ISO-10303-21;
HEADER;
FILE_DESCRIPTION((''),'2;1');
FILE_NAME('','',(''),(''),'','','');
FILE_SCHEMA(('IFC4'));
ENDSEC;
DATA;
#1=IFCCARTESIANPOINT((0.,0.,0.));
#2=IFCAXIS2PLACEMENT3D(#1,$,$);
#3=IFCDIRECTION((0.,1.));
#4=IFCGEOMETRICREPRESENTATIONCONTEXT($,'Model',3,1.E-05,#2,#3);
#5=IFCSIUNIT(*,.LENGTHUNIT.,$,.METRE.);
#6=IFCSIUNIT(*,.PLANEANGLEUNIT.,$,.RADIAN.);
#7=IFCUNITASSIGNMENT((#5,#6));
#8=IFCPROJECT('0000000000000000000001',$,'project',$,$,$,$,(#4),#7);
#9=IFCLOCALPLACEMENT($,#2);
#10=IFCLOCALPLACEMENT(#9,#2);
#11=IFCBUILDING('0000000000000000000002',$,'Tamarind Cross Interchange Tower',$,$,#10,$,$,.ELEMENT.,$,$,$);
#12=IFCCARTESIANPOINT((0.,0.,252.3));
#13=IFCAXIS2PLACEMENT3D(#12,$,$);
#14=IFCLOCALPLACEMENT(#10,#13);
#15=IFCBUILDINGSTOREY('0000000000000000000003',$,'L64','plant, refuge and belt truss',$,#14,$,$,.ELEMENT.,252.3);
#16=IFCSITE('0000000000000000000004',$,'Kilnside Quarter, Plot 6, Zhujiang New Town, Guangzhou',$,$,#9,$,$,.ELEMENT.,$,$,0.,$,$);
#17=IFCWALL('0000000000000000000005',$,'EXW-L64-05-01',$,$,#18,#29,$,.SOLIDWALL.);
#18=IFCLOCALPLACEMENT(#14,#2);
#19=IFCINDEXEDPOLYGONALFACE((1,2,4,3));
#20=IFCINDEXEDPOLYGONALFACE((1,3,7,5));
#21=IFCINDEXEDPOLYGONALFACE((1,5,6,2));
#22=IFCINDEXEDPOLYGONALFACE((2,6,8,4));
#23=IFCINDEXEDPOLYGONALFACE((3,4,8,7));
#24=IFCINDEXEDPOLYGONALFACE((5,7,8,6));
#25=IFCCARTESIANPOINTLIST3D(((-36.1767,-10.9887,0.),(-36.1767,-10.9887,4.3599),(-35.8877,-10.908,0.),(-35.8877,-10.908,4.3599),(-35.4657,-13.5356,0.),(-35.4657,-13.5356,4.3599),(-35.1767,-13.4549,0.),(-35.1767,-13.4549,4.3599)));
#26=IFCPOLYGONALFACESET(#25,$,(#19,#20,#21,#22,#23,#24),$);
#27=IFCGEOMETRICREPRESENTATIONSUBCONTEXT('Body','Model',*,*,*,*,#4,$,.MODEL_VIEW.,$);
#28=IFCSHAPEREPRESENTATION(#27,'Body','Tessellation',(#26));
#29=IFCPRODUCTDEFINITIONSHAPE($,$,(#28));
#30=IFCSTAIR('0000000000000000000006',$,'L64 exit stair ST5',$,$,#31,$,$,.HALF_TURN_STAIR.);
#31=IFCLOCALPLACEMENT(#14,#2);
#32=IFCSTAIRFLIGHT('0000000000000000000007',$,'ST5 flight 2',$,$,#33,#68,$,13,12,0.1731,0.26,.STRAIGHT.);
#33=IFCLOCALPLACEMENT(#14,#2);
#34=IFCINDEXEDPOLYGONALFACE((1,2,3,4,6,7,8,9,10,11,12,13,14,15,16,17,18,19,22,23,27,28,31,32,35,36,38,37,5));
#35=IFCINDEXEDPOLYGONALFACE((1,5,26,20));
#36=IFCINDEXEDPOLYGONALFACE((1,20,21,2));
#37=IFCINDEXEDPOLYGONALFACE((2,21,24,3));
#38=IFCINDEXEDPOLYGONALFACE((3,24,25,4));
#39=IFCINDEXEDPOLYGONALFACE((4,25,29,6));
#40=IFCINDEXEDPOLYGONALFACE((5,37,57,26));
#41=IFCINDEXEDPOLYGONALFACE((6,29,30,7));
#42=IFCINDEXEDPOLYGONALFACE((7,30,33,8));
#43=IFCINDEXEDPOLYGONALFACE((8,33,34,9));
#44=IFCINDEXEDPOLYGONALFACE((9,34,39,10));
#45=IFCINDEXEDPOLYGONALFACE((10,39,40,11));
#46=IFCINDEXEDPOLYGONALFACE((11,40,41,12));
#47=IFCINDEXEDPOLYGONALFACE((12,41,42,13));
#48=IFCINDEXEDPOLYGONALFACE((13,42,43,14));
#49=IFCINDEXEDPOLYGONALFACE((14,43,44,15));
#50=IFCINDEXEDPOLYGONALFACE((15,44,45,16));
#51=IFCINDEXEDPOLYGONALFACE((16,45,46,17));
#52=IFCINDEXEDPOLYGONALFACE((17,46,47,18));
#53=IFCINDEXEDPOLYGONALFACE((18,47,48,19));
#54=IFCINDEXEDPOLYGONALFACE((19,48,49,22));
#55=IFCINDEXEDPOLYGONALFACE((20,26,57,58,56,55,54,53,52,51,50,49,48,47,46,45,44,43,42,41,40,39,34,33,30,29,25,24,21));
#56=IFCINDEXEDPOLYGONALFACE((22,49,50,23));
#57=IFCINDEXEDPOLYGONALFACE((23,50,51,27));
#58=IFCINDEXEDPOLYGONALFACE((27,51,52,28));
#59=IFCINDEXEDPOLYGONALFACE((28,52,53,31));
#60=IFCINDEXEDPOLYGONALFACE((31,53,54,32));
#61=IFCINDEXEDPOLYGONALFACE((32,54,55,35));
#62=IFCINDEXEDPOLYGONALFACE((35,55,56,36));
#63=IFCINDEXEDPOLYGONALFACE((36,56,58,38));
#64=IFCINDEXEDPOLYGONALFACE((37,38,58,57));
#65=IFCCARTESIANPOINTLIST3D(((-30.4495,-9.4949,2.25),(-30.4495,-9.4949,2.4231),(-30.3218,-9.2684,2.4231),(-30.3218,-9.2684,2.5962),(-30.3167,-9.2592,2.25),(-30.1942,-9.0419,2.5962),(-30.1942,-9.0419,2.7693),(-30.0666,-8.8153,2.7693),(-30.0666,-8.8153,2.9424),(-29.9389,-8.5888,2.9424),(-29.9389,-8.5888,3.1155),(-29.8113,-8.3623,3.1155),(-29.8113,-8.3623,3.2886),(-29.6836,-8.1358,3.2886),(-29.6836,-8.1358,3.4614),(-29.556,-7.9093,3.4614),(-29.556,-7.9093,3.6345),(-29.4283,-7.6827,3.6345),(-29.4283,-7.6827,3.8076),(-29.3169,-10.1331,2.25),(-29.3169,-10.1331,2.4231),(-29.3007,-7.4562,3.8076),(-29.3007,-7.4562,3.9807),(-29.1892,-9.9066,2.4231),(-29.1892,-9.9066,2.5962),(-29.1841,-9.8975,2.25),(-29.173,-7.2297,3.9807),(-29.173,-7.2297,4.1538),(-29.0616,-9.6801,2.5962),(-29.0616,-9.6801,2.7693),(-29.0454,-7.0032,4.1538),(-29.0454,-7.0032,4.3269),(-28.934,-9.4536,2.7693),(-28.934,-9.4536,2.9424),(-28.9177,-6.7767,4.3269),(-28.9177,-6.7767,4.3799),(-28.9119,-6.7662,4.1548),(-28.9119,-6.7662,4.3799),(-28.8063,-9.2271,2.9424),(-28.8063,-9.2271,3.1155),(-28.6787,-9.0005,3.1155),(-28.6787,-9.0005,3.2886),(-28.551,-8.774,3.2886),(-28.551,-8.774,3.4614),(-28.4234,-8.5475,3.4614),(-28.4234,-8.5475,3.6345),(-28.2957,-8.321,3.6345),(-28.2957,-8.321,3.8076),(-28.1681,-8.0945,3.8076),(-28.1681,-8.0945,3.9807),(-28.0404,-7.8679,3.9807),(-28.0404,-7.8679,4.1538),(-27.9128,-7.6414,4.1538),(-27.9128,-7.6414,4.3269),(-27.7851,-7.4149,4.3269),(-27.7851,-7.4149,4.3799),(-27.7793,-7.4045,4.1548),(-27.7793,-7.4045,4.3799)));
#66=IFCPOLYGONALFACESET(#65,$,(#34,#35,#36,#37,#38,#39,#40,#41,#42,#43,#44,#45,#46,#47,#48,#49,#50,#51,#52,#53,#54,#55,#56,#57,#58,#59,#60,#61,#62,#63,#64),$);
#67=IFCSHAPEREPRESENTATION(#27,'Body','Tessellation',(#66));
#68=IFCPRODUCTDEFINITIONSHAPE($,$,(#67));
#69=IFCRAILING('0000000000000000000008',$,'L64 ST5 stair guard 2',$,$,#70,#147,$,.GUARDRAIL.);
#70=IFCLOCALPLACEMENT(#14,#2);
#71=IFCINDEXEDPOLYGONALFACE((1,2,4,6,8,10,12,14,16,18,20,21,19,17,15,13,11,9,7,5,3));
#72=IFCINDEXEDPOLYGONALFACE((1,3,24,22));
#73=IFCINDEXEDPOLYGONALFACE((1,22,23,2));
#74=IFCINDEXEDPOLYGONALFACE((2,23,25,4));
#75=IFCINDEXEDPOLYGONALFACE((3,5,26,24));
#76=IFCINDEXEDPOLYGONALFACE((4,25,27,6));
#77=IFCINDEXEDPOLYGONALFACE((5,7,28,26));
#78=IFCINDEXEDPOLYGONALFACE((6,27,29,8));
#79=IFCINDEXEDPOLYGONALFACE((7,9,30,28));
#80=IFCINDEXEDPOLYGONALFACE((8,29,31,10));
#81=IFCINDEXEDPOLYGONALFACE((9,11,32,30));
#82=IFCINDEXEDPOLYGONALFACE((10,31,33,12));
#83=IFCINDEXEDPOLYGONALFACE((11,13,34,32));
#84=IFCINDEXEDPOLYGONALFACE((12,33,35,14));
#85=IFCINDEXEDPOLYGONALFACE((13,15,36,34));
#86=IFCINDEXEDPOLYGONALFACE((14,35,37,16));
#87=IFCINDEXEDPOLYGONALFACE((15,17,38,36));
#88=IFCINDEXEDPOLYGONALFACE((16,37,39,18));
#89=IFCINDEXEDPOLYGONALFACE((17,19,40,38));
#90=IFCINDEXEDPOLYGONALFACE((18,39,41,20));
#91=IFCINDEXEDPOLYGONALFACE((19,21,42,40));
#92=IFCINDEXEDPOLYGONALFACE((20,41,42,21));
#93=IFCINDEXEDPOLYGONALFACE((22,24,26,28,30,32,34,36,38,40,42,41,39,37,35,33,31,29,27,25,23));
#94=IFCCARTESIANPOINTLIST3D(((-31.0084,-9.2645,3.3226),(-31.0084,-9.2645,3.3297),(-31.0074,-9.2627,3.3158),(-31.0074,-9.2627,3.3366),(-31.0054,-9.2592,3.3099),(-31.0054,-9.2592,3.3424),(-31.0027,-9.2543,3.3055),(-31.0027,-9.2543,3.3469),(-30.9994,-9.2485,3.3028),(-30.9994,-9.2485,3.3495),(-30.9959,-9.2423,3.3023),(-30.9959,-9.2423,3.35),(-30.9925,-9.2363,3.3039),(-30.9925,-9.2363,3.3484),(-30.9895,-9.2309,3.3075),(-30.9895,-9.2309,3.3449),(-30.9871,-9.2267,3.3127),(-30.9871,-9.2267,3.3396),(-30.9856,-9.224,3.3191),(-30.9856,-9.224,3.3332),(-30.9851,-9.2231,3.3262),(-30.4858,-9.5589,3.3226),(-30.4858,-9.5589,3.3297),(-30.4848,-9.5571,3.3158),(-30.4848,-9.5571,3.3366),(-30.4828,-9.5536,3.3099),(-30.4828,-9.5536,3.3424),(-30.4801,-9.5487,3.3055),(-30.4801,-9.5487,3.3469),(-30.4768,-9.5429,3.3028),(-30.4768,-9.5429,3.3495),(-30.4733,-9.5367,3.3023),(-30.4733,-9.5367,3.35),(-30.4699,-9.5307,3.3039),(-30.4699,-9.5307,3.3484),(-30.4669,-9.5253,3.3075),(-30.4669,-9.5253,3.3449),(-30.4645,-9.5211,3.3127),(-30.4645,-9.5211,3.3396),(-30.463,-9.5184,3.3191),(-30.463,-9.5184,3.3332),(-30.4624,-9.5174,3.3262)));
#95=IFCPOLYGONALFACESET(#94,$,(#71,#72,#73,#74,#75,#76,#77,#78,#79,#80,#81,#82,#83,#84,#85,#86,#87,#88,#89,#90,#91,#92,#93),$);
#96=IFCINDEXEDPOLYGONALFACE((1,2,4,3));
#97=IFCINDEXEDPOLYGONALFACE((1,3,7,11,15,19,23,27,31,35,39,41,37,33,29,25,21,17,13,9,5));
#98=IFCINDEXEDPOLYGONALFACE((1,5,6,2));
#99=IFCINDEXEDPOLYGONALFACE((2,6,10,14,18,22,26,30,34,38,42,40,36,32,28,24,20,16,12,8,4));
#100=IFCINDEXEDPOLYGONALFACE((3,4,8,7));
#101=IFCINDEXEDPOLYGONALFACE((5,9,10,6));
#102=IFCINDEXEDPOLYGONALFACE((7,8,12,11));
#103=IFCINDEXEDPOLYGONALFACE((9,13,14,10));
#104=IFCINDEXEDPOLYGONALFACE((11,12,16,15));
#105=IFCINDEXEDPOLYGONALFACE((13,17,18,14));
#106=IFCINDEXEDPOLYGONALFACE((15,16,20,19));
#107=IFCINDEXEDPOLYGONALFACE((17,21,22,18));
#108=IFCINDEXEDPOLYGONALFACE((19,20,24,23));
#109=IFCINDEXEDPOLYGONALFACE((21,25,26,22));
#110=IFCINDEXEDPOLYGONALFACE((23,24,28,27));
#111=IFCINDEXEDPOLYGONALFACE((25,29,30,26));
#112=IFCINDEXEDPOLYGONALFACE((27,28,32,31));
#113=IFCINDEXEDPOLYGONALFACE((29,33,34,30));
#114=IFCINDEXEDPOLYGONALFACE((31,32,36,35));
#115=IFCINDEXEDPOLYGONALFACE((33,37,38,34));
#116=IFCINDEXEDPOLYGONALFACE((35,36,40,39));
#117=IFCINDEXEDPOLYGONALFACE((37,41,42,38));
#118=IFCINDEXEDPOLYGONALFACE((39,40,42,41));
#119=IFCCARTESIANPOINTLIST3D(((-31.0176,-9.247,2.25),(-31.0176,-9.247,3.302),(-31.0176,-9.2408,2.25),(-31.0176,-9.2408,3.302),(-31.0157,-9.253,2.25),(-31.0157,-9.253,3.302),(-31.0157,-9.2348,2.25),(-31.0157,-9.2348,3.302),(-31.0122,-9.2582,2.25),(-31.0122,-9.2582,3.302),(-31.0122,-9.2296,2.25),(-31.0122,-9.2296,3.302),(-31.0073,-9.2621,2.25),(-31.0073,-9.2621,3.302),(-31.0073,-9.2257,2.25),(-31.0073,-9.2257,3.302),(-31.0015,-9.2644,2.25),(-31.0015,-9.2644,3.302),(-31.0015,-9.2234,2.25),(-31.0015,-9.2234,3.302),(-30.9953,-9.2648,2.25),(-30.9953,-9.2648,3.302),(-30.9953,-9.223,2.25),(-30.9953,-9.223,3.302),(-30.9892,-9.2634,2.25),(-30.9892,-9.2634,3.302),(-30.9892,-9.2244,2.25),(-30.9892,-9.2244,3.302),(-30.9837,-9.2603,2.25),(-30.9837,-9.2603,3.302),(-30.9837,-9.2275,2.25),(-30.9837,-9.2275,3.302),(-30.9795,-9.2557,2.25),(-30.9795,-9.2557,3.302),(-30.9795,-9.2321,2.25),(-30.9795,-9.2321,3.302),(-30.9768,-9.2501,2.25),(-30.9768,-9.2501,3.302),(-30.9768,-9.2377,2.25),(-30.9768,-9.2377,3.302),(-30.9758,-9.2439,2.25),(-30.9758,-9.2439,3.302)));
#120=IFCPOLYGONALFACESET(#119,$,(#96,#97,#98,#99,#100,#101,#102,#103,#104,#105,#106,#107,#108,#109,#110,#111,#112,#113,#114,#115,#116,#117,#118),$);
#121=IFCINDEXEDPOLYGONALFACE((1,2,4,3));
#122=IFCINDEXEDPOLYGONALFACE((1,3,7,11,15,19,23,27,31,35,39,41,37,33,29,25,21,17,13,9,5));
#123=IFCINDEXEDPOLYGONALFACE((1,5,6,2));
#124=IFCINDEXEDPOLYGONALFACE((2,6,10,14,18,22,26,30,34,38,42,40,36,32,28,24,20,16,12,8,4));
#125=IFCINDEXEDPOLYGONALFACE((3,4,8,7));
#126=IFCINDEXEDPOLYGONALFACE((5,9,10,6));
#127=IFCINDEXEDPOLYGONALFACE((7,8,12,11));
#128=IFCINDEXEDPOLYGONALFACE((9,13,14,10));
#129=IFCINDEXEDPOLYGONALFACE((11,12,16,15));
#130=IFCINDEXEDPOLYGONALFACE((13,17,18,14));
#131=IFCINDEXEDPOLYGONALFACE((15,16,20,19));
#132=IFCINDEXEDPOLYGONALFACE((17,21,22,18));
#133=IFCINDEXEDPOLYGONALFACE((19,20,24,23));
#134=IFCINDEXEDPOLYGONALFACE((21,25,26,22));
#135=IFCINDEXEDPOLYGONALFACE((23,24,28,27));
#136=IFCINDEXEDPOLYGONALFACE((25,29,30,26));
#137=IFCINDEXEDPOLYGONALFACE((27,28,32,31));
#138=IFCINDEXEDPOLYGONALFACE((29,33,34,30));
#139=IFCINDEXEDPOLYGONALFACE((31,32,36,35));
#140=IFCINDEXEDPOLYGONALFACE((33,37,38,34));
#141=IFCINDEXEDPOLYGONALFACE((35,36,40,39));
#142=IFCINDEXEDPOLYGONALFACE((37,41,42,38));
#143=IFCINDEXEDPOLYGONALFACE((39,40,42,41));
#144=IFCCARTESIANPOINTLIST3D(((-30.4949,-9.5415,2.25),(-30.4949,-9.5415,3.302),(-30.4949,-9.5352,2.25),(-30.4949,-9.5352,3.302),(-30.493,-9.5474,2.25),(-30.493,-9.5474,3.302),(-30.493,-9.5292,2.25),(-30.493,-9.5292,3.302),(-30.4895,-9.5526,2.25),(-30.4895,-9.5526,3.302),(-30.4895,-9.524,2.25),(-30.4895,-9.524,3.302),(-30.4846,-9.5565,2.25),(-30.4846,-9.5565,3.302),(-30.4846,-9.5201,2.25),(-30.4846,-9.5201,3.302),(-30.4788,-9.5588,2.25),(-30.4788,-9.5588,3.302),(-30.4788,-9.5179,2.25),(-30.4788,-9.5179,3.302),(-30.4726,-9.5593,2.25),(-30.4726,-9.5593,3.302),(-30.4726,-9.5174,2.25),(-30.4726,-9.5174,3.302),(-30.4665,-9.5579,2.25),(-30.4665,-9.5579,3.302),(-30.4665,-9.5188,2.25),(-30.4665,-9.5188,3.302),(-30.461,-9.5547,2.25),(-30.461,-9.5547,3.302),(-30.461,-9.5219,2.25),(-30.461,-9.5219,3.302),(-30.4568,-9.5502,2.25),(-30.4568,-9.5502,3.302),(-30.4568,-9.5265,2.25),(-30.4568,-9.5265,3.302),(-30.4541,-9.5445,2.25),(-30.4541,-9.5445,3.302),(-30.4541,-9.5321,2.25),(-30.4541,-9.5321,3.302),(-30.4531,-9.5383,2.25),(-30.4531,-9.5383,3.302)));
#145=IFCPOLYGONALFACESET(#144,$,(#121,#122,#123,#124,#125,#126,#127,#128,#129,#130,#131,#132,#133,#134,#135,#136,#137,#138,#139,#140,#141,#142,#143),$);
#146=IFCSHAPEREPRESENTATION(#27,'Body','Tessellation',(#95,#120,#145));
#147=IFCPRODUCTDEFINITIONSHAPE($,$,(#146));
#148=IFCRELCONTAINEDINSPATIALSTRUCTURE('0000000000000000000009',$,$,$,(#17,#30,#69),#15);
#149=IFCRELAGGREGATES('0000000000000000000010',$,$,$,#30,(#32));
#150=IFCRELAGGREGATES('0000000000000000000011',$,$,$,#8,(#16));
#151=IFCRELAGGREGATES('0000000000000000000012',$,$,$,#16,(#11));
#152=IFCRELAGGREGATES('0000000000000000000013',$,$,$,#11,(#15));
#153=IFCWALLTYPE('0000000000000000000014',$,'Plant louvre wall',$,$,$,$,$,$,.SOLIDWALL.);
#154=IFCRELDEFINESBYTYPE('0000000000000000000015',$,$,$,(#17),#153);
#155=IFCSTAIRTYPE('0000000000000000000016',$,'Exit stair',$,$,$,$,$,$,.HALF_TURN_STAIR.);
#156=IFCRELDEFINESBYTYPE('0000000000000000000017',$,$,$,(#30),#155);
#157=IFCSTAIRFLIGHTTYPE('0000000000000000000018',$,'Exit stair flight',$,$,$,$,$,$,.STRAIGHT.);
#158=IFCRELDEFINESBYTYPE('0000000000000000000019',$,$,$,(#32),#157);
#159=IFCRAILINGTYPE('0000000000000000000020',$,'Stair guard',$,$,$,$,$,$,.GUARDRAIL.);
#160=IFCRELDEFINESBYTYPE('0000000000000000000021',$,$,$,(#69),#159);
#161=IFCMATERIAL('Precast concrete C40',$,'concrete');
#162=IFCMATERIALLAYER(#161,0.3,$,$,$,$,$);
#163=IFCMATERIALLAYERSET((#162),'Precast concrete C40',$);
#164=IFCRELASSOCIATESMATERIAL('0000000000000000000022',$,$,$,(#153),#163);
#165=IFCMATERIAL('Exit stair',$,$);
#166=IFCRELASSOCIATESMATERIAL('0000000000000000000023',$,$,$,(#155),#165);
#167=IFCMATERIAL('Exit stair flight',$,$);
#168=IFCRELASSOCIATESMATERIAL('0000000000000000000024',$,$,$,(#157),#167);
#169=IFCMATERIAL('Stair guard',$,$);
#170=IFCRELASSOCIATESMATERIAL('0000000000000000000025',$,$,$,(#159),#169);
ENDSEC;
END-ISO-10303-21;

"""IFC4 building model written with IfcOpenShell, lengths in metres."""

from ifc_helpers import new_model, si_unit, direction, frame, frame_2d, origin, origin_2d, place, context, subcontext, project, spatial, polyline, rectangle, circle, outline, extrude, material, layer, layer_set, type_object, element, aggregate, save


model = new_model("IFC4")

# Units and contexts
model_context = context("Model", 3, precision=1e-05, world=origin(), true_north=direction((0.0, 1.0)))
body_context = subcontext(model_context, "Body", "Model", "MODEL_VIEW")
ifc_project = project(units=[si_unit("LENGTHUNIT", "METRE"), si_unit("PLANEANGLEUNIT", "RADIAN")], contexts=[model_context])

# Site, building, storey
site_placement = place(None, origin())
site = spatial("IfcSite", under=ifc_project, at=site_placement, Name="Kilnside Quarter, Plot 6, Zhujiang New Town, Guangzhou", CompositionType="ELEMENT", RefElevation=0.0)
building_placement = place(site_placement, origin())
building = spatial("IfcBuilding", under=site, at=building_placement, Name="Tamarind Cross Interchange Tower", CompositionType="ELEMENT")
storey_placement = place(building_placement, frame((0.0, 0.0, 252.3)))
storey = spatial("IfcBuildingStorey", under=building, at=storey_placement, Name="L64", Description="plant, refuge and belt truss", CompositionType="ELEMENT", Elevation=252.3)

# Shared definitions
ifc_material_1 = material(Name="Precast concrete C40", Category="concrete")
ifc_layer_1 = layer(ifc_material_1, 0.3)
ifc_layer_set_1 = layer_set([ifc_layer_1], Name="Precast concrete C40")
wall_type_1 = type_object("IfcWallType", Name="Plant louvre wall", PredefinedType="SOLIDWALL", material=ifc_layer_set_1)

# Wall
wall_1_placement = place(storey_placement, frame((-36.0322, -10.9482, 0.0), z_axis=(0.0, 0.0, 1.0), x_axis=(0.268863, -0.963179, 0.0)))
element("IfcWall", 1, at=wall_1_placement, inside=storey, type_object=wall_type_1, Name="EXW-L64-05-01", PredefinedType="SOLIDWALL", context=body_context, shape_type="SweptSolid", body=[
    extrude(rectangle(XDim=2.6443, YDim=0.3, at=frame_2d((1.3223, 0.0))), origin(), (0.0, 0.0, 1.0), 4.3599),
])

# Stair, stair flight
ifc_material_2 = material(Name="Exit stair")
stair_type = type_object("IfcStairType", Name="Exit stair", PredefinedType="HALF_TURN_STAIR", material=ifc_material_2)
stair_placement = place(storey_placement, origin())
stair = element("IfcStair", 2, at=stair_placement, inside=storey, type_object=stair_type, Name="L64 exit stair ST5", PredefinedType="HALF_TURN_STAIR")
ifc_material_3 = material(Name="Exit stair flight")
stair_flight_type = type_object("IfcStairFlightType", Name="Exit stair flight", PredefinedType="STRAIGHT", material=ifc_material_3)
stair_flight_placement = place(storey_placement, frame((-29.8833, -9.814, 2.25), z_axis=(0.0, 0.0, 1.0), x_axis=(0.490928, 0.8712, 0.0)))
stair_flight = element("IfcStairFlight", 3, at=stair_flight_placement, type_object=stair_flight_type, Name="ST5 flight 2", NumberOfRisers=13, NumberOfTreads=12, PredefinedType="STRAIGHT", RiserHeight=0.1731, TreadLength=0.26, context=body_context, shape_type="SweptSolid", body=[
    extrude(outline(polyline([(0.0, 0.0), (0.0, 0.1731), (0.26, 0.1731), (0.26, 0.3462), (0.52, 0.3462), (0.52, 0.5193), (0.78, 0.5193), (0.78, 0.6924), (1.04, 0.6924), (1.04, 0.8655), (1.3, 0.8655), (1.3, 1.0386), (1.5601, 1.0386), (1.5601, 1.2114), (1.8201, 1.2114), (1.8201, 1.3845), (2.0801, 1.3845), (2.0801, 1.5576), (2.3401, 1.5576), (2.3401, 1.7307), (2.6001, 1.7307), (2.6001, 1.9038), (2.8601, 1.9038), (2.8601, 2.0769), (3.1201, 2.0769), (3.1201, 2.1299), (3.1321, 2.1299), (3.1321, 1.9048), (0.2705, 0.0), (0.0, 0.0)])), frame((0.0, 0.6499, 0.0), z_axis=(0.0, -1.0, 0.0), x_axis=(1.0, 0.0, 0.0)), (0.0, 0.0, 1.0), 1.3),
])
aggregate(stair, [stair_flight])

# Railing
ifc_material_4 = material(Name="Stair guard")
railing_type_1 = type_object("IfcRailingType", Name="Stair guard", PredefinedType="GUARDRAIL", material=ifc_material_4)
railing_1_placement = place(storey_placement, frame((-30.9968, -9.2439, 2.25)))
element("IfcRailing", 4, at=railing_1_placement, inside=storey, type_object=railing_type_1, Name="L64 ST5 stair guard 2", PredefinedType="GUARDRAIL", context=body_context, shape_type="SweptSolid", body=[
    extrude(circle(Radius=0.0239, at=origin_2d()), frame((0.0, 0.0, 1.0762), z_axis=(0.871282, -0.490783, 0.0), x_axis=(0.490783, 0.871282, 0.0)), (0.0, 0.0, 1.0), 0.5999),
    extrude(circle(Radius=0.021, at=origin_2d()), origin(), (0.0, 0.0, 1.0), 1.052),
    extrude(circle(Radius=0.021, at=origin_2d()), frame((0.5227, -0.2944, 0.0)), (0.0, 0.0, 1.0), 1.052),
])

save(model, "model.ifc")
